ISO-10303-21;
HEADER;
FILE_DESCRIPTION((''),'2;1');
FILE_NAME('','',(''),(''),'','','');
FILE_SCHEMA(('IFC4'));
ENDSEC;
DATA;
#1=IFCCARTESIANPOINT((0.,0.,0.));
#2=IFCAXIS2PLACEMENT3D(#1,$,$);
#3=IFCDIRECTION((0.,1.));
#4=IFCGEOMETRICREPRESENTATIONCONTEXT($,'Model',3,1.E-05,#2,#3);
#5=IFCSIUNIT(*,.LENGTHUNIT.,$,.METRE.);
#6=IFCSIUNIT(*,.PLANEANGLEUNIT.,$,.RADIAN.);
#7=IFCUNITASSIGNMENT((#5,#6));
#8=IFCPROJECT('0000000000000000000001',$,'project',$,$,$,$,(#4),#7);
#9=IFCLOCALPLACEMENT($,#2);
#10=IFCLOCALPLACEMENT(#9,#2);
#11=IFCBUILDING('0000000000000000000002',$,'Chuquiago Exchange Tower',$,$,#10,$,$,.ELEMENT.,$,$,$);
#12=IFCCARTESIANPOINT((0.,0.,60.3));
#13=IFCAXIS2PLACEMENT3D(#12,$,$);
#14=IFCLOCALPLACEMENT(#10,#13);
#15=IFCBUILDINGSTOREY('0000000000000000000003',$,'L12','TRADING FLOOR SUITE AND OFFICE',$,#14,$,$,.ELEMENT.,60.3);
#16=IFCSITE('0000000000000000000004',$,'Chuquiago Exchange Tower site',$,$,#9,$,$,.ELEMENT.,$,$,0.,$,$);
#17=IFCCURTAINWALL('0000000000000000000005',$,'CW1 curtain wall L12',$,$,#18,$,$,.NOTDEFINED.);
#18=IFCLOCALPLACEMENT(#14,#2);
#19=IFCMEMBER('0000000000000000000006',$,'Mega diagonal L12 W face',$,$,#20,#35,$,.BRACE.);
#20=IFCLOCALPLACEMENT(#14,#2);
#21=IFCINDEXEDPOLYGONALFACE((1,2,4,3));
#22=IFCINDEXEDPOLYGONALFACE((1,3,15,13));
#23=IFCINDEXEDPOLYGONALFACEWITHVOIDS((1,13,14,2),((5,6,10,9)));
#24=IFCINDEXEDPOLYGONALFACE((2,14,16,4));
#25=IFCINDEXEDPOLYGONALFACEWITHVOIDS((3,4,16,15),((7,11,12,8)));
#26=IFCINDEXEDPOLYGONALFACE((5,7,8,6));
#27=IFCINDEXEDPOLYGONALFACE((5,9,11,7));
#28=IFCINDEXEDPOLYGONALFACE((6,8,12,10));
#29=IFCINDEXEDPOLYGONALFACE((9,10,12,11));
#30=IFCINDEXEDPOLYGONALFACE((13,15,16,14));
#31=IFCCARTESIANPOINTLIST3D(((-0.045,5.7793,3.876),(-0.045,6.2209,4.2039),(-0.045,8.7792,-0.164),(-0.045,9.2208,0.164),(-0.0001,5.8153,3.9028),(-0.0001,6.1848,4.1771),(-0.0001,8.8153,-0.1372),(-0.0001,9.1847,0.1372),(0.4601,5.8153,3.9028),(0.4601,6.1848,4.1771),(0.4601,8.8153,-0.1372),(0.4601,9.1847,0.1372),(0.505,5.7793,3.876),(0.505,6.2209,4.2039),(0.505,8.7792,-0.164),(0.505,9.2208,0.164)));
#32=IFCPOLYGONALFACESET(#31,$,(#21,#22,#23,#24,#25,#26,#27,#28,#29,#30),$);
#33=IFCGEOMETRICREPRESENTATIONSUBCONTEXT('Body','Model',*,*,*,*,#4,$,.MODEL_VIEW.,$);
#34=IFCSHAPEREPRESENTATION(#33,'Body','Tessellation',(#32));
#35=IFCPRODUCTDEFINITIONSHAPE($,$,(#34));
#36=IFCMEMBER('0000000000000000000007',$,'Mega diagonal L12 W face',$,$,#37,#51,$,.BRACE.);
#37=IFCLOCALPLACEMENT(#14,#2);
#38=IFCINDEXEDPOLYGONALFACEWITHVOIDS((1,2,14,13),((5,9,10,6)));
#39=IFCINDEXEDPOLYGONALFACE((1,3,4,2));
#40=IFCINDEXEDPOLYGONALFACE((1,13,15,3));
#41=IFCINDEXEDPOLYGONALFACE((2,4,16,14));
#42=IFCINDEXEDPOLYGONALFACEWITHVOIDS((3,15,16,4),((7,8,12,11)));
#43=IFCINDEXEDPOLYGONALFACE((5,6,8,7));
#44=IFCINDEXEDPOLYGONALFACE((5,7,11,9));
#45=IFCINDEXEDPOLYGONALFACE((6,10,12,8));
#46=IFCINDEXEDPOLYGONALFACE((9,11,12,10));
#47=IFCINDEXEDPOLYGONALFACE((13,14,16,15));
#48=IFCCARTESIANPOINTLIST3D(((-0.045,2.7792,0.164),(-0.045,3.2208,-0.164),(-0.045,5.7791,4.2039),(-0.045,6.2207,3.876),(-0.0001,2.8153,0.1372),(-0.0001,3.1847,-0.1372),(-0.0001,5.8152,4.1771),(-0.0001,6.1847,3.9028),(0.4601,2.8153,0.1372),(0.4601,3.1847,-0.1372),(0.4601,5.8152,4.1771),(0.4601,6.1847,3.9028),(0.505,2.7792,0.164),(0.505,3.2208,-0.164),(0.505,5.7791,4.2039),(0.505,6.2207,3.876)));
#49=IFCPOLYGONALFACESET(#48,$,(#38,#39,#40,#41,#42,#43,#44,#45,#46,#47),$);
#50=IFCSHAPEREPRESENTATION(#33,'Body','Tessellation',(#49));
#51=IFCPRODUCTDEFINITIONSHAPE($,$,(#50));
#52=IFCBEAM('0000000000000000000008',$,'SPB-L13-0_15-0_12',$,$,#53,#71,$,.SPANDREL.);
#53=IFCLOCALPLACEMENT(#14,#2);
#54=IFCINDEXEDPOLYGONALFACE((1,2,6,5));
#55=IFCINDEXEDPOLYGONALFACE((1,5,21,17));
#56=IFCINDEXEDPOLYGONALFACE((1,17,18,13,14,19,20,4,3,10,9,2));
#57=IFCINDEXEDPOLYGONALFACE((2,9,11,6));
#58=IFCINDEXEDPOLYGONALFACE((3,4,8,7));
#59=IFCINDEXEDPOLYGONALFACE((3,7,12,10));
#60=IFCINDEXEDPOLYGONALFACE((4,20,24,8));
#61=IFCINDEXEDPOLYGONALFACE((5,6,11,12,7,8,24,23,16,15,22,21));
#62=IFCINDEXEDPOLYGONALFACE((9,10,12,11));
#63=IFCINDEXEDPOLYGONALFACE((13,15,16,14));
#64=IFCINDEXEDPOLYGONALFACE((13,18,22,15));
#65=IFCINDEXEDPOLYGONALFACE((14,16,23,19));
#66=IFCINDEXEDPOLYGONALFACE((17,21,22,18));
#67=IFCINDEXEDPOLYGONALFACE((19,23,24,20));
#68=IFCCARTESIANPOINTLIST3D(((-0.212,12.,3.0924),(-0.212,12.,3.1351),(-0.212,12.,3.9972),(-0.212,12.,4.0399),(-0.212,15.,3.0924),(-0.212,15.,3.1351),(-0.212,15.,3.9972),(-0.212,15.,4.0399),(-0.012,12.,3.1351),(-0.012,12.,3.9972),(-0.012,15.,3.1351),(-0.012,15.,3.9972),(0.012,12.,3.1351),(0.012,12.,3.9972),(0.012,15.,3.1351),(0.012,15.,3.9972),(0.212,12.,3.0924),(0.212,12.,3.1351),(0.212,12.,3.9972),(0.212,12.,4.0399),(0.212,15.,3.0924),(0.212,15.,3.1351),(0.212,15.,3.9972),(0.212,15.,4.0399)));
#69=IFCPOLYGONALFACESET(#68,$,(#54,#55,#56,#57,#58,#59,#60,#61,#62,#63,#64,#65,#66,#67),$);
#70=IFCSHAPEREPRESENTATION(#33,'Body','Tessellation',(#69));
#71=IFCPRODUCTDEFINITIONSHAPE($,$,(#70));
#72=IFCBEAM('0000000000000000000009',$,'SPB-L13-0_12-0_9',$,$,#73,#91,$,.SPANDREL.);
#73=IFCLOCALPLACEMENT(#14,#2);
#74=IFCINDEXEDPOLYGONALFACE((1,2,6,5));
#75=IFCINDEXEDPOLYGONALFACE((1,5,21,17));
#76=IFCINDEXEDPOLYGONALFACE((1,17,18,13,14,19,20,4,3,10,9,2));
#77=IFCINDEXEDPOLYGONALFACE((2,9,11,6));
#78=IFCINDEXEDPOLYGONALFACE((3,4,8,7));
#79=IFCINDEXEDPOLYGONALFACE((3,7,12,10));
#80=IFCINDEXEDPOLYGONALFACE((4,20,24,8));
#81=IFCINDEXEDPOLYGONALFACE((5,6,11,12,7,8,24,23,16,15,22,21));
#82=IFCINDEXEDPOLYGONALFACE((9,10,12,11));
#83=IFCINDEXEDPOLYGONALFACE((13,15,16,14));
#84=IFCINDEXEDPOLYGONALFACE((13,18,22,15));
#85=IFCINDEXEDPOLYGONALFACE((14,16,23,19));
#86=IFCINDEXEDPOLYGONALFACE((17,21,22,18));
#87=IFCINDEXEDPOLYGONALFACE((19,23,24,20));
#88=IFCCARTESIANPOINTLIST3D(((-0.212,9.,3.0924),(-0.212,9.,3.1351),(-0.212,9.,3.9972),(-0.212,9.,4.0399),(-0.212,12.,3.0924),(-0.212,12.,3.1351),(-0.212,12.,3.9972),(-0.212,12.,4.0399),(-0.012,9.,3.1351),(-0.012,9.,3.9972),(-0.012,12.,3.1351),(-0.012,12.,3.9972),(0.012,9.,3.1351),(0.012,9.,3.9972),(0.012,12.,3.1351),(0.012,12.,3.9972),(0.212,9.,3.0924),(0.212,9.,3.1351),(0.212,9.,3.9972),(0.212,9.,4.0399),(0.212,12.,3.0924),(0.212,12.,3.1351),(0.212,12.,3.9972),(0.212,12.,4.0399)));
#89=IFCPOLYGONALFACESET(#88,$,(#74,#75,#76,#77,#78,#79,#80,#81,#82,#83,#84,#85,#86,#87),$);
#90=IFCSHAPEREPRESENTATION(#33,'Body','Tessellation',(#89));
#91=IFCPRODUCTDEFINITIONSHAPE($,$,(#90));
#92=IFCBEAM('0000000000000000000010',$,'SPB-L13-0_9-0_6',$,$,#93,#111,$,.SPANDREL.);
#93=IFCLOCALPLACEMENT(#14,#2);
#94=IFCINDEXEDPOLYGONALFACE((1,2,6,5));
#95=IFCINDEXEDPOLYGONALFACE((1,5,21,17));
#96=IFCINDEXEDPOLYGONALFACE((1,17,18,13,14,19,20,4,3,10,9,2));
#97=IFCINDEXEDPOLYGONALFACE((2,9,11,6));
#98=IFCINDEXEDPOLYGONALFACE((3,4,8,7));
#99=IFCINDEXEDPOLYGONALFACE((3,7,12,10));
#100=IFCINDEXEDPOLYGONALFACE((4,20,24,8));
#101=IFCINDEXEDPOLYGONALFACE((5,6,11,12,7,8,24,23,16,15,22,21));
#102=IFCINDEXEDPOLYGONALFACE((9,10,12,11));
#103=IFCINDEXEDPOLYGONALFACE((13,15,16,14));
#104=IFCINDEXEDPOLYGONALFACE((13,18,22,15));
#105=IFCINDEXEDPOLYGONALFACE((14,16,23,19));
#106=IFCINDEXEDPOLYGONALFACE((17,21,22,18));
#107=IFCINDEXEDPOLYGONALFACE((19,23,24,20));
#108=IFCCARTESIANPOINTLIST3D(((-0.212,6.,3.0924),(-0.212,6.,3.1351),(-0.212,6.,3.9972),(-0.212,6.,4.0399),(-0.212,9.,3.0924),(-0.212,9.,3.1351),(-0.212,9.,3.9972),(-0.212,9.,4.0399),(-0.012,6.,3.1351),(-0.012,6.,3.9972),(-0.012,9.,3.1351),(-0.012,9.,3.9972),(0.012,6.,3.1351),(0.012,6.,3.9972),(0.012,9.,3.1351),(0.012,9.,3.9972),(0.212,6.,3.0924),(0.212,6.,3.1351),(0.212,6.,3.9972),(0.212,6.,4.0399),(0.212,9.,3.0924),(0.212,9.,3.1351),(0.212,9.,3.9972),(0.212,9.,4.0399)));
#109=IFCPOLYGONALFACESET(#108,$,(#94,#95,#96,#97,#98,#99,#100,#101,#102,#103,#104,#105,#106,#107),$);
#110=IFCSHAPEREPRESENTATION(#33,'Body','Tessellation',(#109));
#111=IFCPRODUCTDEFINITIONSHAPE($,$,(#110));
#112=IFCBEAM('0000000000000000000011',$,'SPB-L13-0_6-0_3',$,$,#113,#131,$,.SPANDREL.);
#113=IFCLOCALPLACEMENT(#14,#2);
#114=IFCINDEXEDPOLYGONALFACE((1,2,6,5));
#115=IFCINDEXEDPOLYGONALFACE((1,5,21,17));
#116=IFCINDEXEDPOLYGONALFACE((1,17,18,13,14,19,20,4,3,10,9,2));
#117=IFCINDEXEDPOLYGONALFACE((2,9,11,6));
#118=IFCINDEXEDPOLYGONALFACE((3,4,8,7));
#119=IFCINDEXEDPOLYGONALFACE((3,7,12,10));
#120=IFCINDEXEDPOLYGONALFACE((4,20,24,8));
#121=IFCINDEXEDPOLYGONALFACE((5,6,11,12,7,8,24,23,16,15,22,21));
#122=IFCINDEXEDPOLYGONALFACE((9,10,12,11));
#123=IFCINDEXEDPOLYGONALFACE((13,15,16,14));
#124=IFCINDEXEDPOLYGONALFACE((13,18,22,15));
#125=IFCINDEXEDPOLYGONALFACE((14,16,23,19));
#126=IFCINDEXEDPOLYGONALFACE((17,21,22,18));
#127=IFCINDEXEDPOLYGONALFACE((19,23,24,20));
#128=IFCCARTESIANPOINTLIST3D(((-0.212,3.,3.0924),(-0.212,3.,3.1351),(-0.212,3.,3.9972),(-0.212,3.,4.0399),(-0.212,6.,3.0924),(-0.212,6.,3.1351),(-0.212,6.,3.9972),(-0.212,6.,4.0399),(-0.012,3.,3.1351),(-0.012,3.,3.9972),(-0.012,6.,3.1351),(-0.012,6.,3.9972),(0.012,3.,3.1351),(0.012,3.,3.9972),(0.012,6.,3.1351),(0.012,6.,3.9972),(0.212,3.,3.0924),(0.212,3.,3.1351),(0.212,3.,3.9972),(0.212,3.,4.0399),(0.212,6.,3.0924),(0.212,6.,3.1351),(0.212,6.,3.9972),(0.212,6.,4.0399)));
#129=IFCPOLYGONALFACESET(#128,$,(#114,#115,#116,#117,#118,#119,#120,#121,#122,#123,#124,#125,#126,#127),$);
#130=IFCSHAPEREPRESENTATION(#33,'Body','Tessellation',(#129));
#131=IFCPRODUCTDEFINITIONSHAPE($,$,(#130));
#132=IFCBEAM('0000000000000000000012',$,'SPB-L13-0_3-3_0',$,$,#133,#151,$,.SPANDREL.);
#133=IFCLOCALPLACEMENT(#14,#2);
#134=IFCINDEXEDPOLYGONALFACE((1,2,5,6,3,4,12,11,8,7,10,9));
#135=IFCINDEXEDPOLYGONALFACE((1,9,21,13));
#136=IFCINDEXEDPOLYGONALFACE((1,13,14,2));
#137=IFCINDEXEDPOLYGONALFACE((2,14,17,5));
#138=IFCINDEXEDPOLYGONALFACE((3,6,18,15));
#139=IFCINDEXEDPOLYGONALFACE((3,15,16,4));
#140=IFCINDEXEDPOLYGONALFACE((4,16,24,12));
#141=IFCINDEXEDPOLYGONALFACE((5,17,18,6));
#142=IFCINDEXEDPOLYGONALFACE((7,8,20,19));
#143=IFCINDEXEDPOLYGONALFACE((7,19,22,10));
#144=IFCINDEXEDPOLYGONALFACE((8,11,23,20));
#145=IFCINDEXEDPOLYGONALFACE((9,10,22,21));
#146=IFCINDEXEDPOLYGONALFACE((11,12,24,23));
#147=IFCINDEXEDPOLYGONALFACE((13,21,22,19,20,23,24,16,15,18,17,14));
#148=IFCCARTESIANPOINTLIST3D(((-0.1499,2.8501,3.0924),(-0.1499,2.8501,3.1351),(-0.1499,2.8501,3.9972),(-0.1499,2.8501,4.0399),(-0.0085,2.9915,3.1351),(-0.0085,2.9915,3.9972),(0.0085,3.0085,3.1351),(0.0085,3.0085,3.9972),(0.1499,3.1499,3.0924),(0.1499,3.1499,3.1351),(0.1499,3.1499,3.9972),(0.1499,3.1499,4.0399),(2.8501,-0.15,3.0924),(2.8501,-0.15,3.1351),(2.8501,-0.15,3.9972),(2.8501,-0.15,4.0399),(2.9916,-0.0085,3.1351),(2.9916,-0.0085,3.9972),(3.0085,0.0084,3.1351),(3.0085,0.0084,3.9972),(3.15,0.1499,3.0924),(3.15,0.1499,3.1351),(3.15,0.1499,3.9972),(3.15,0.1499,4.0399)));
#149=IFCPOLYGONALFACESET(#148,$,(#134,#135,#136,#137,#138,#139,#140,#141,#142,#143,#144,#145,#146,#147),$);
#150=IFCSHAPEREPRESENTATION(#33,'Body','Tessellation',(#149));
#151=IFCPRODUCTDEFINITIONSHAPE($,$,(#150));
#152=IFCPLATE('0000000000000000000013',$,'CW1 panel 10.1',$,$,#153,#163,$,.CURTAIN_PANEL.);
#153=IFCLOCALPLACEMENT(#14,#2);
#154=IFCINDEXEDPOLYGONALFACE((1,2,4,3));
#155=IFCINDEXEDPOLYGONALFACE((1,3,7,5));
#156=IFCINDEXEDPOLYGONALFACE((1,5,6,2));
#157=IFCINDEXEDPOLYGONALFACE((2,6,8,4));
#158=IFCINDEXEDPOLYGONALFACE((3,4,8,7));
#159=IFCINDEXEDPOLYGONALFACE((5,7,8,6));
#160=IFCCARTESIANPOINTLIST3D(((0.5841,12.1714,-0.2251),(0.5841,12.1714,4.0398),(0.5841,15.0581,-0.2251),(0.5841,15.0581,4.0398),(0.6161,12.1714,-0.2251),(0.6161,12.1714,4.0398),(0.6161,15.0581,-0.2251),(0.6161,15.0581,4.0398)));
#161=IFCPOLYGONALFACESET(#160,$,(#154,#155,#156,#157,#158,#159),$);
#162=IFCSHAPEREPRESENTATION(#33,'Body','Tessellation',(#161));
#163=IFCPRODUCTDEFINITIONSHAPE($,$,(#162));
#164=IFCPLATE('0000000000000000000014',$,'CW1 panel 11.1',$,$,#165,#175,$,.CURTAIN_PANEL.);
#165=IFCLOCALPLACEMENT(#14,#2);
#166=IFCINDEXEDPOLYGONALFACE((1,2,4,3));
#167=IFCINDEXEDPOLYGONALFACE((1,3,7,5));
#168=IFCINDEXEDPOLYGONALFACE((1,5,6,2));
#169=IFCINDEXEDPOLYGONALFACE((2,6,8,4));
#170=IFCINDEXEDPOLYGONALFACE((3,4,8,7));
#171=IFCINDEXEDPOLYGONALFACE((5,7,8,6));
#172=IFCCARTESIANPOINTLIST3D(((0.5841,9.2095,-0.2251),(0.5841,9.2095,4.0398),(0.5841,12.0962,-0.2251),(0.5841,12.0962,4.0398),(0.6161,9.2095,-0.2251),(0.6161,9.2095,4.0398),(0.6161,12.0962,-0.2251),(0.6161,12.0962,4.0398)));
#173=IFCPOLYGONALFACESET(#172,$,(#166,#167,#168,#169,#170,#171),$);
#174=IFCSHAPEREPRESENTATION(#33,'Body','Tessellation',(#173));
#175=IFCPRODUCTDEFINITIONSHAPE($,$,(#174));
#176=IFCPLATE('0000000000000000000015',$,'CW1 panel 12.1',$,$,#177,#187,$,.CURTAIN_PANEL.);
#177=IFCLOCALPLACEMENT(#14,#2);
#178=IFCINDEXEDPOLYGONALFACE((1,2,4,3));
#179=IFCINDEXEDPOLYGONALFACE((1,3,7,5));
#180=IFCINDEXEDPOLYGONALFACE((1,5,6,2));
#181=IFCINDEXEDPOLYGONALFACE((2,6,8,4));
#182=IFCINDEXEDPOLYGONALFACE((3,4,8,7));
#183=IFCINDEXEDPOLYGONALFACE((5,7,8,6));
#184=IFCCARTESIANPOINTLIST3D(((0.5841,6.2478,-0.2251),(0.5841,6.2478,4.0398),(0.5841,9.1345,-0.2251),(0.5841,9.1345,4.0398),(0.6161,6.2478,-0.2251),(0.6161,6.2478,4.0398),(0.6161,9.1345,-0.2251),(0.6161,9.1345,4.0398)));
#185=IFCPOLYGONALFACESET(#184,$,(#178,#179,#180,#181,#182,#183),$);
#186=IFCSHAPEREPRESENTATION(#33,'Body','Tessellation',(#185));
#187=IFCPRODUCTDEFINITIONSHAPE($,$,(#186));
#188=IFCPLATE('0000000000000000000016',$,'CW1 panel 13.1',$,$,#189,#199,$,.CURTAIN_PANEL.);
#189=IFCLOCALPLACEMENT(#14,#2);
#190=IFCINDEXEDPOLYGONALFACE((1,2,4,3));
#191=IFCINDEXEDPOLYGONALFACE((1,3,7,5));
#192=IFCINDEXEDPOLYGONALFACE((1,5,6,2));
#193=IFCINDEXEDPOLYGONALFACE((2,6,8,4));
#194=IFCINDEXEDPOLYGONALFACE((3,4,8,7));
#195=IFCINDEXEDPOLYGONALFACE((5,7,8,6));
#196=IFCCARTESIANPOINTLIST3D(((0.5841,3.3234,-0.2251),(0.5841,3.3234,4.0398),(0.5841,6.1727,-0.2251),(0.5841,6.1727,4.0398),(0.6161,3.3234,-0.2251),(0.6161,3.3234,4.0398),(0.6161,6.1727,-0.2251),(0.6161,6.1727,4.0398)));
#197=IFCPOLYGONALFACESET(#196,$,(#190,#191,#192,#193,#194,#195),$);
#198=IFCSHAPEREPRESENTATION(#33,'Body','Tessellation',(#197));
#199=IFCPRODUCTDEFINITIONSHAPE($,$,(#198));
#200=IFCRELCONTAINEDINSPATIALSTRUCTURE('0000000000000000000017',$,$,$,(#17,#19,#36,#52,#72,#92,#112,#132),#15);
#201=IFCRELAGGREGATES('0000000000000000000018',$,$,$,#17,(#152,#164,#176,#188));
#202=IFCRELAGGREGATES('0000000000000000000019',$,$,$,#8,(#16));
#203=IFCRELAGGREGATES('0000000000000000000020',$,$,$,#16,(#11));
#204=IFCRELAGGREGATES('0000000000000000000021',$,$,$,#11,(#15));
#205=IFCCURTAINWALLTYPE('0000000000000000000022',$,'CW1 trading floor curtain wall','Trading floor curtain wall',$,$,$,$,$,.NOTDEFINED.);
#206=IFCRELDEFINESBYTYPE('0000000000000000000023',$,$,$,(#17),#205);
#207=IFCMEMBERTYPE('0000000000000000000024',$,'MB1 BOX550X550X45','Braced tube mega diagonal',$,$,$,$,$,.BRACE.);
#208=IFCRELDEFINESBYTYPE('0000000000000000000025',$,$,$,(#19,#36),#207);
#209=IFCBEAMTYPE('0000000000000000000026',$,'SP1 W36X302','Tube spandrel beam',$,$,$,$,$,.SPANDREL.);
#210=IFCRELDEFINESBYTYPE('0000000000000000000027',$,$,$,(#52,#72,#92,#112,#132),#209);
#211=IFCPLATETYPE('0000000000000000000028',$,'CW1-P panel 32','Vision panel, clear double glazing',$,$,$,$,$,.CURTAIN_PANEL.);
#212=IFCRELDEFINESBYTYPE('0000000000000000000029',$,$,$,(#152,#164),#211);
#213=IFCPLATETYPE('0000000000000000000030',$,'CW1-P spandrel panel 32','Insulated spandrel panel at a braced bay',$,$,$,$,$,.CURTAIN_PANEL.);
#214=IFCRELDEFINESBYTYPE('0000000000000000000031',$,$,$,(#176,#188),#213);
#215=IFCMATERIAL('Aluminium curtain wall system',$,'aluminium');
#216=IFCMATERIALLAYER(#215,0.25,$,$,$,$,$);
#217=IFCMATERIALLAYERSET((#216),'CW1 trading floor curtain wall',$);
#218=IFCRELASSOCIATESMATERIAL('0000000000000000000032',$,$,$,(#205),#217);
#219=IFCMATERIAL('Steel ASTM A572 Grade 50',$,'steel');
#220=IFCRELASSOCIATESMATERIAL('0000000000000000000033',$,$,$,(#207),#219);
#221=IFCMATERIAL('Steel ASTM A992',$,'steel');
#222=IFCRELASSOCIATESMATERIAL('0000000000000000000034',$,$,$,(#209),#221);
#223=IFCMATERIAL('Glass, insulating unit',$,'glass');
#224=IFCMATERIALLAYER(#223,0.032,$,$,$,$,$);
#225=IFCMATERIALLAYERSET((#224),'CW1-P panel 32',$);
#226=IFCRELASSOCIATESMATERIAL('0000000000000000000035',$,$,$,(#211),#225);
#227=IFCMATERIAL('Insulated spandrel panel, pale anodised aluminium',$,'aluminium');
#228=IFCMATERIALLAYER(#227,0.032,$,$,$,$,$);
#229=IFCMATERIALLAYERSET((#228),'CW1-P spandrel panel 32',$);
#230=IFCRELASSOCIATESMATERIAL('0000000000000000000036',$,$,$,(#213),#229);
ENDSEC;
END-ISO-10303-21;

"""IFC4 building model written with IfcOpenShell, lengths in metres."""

from ifc_helpers import new_model, si_unit, direction, frame, origin, origin_2d, place, context, subcontext, project, spatial, rectangle, hollow_rectangle, i_section, extrude, material, layer, layer_set, material_profile, profile_set, type_object, element, aggregate, save


model = new_model("IFC4")

# Units and contexts
model_context = context("Model", 3, precision=1e-05, world=origin(), true_north=direction((0.0, 1.0)))
body_context = subcontext(model_context, "Body", "Model", "MODEL_VIEW")
ifc_project = project(units=[si_unit("LENGTHUNIT", "METRE"), si_unit("PLANEANGLEUNIT", "RADIAN")], contexts=[model_context])

# Site, building, storey
site_placement = place(None, origin())
site = spatial("IfcSite", under=ifc_project, at=site_placement, Name="Chuquiago Exchange Tower site", CompositionType="ELEMENT", RefElevation=0.0)
building_placement = place(site_placement, origin())
building = spatial("IfcBuilding", under=site, at=building_placement, Name="Chuquiago Exchange Tower", CompositionType="ELEMENT")
storey_placement = place(building_placement, frame((0.0, 0.0, 60.3)))
storey = spatial("IfcBuildingStorey", under=building, at=storey_placement, Name="L12", Description="TRADING FLOOR SUITE AND OFFICE", CompositionType="ELEMENT", Elevation=60.3)

# Curtain wall
ifc_material_1 = material(Name="Aluminium curtain wall system", Category="aluminium")
ifc_layer_1 = layer(ifc_material_1, 0.25)
ifc_layer_set_1 = layer_set([ifc_layer_1], Name="CW1 trading floor curtain wall")
curtain_wall_type = type_object("IfcCurtainWallType", Name="CW1 trading floor curtain wall", Description="Trading floor curtain wall", PredefinedType="NOTDEFINED", material=ifc_layer_set_1)
curtain_wall_placement = place(storey_placement, origin())
curtain_wall = element("IfcCurtainWall", 1, at=curtain_wall_placement, inside=storey, type_object=curtain_wall_type, Name="CW1 curtain wall L12", PredefinedType="NOTDEFINED")

# Members
ifc_material_2 = material(Name="Steel ASTM A572 Grade 50", Category="steel")
ifc_material_profile_1 = material_profile(ifc_material_2, hollow_rectangle(XDim=0.55, YDim=0.55, WallThickness=0.0449, at=origin_2d()), Name="BOX550X550X45")
ifc_profile_set_1 = profile_set([ifc_material_profile_1], Name="Steel ASTM A572 Grade 50")
member_type_1 = type_object("IfcMemberType", Name="MB1 BOX550X550X45", Description="Braced tube mega diagonal", PredefinedType="BRACE", material=ifc_profile_set_1)
for number, where, z_axis, x_axis, name in (
    (2, (0.23, 9.0, 0.0), (0.0, -0.596174, 0.802855), (1.0, 0.0, 0.0), "Mega diagonal L12 W face"),
    (3, (0.23, 3.0, 0.0), (0.0, 0.596174, 0.802855), (-1.0, 0.0, 0.0), "Mega diagonal L12 W face"),
):
    element("IfcMember", number, at=place(storey_placement, frame(where, z_axis=z_axis, x_axis=x_axis)), inside=storey, type_object=member_type_1, Name=name, PredefinedType="BRACE", context=body_context, shape_type="SweptSolid", body=[
        extrude(hollow_rectangle(XDim=0.55, YDim=0.55, WallThickness=0.0449, at=origin_2d()), origin(), (0.0, 0.0, 1.0), 5.032),
    ])

# Beams
ifc_material_3 = material(Name="Steel ASTM A992", Category="steel")
ifc_material_profile_2 = material_profile(ifc_material_3, i_section(OverallWidth=0.4241, OverallDepth=0.9475, WebThickness=0.0239, FlangeThickness=0.0427, at=origin_2d()), Name="W36X302")
ifc_profile_set_2 = profile_set([ifc_material_profile_2], Name="Steel ASTM A992")
beam_type = type_object("IfcBeamType", Name="SP1 W36X302", Description="Tube spandrel beam", PredefinedType="SPANDREL", material=ifc_profile_set_2)
for number, where, z_axis, x_axis, name in (
    (4, (0.0, 15.0, 3.5662), (0.0, -1.0, 0.0), (1.0, 0.0, 0.0), "SPB-L13-0_15-0_12"),
    (5, (0.0, 12.0, 3.5662), (0.0, -1.0, 0.0), (1.0, 0.0, 0.0), "SPB-L13-0_12-0_9"),
    (6, (0.0, 9.0, 3.5662), (0.0, -1.0, 0.0), (1.0, 0.0, 0.0), "SPB-L13-0_9-0_6"),
    (7, (0.0, 6.0, 3.5662), (0.0, -1.0, 0.0), (1.0, 0.0, 0.0), "SPB-L13-0_6-0_3"),
):
    element("IfcBeam", number, at=place(storey_placement, frame(where, z_axis=z_axis, x_axis=x_axis)), inside=storey, type_object=beam_type, Name=name, PredefinedType="SPANDREL", context=body_context, shape_type="SweptSolid", body=[
        extrude(i_section(OverallWidth=0.4241, OverallDepth=0.9475, WebThickness=0.0239, FlangeThickness=0.0427, at=origin_2d()), origin(), (0.0, 0.0, 1.0), 3.0),
    ])
beam_placement = place(storey_placement, frame((0.0, 3.0, 3.5662), z_axis=(0.707107, -0.707107, 0.0), x_axis=(0.707107, 0.707107, 0.0)))
element("IfcBeam", 8, at=beam_placement, inside=storey, type_object=beam_type, Name="SPB-L13-0_3-3_0", PredefinedType="SPANDREL", context=body_context, shape_type="SweptSolid", body=[
    extrude(i_section(OverallWidth=0.4241, OverallDepth=0.9475, WebThickness=0.0239, FlangeThickness=0.0427, at=origin_2d()), origin(), (0.0, 0.0, 1.0), 4.2427),
])

# Plates
ifc_material_4 = material(Name="Glass, insulating unit", Category="glass")
ifc_layer_2 = layer(ifc_material_4, 0.032)
ifc_layer_set_2 = layer_set([ifc_layer_2], Name="CW1-P panel 32")
plate_type_1 = type_object("IfcPlateType", Name="CW1-P panel 32", Description="Vision panel, clear double glazing", PredefinedType="CURTAIN_PANEL", material=ifc_layer_set_2)
plate_1_placement = place(storey_placement, frame((0.6001, 13.6147, -0.2251), z_axis=(0.0, 0.0, 1.0), x_axis=(0.0, -1.0, 0.0)))
plate_1 = element("IfcPlate", 9, at=plate_1_placement, type_object=plate_type_1, Name="CW1 panel 10.1", PredefinedType="CURTAIN_PANEL", context=body_context, shape_type="SweptSolid", body=[
    extrude(rectangle(XDim=2.8867, YDim=0.032, at=origin_2d()), origin(), (0.0, 0.0, 1.0), 4.2649),
])
plate_2_placement = place(storey_placement, frame((0.6001, 10.6528, -0.2251), z_axis=(0.0, 0.0, 1.0), x_axis=(0.0, -1.0, 0.0)))
plate_2 = element("IfcPlate", 10, at=plate_2_placement, type_object=plate_type_1, Name="CW1 panel 11.1", PredefinedType="CURTAIN_PANEL", context=body_context, shape_type="SweptSolid", body=[
    extrude(rectangle(XDim=2.8867, YDim=0.032, at=origin_2d()), origin(), (0.0, 0.0, 1.0), 4.2649),
])
ifc_material_5 = material(Name="Insulated spandrel panel, pale anodised aluminium", Category="aluminium")
ifc_layer_3 = layer(ifc_material_5, 0.032)
ifc_layer_set_3 = layer_set([ifc_layer_3], Name="CW1-P spandrel panel 32")
plate_type_2 = type_object("IfcPlateType", Name="CW1-P spandrel panel 32", Description="Insulated spandrel panel at a braced bay", PredefinedType="CURTAIN_PANEL", material=ifc_layer_set_3)
plate_3_placement = place(storey_placement, frame((0.6001, 7.6912, -0.2251), z_axis=(0.0, 0.0, 1.0), x_axis=(0.0, -1.0, 0.0)))
plate_3 = element("IfcPlate", 11, at=plate_3_placement, type_object=plate_type_2, Name="CW1 panel 12.1", PredefinedType="CURTAIN_PANEL", context=body_context, shape_type="SweptSolid", body=[
    extrude(rectangle(XDim=2.8867, YDim=0.032, at=origin_2d()), origin(), (0.0, 0.0, 1.0), 4.2649),
])
plate_4_placement = place(storey_placement, frame((0.6001, 4.748, -0.2251), z_axis=(0.0, 0.0, 1.0), x_axis=(0.0, -1.0, 0.0)))
plate_4 = element("IfcPlate", 12, at=plate_4_placement, type_object=plate_type_2, Name="CW1 panel 13.1", PredefinedType="CURTAIN_PANEL", context=body_context, shape_type="SweptSolid", body=[
    extrude(rectangle(XDim=2.8494, YDim=0.032, at=origin_2d()), origin(), (0.0, 0.0, 1.0), 4.2649),
])
aggregate(curtain_wall, [plate_1, plate_2, plate_3, plate_4])

save(model, "model.ifc")
